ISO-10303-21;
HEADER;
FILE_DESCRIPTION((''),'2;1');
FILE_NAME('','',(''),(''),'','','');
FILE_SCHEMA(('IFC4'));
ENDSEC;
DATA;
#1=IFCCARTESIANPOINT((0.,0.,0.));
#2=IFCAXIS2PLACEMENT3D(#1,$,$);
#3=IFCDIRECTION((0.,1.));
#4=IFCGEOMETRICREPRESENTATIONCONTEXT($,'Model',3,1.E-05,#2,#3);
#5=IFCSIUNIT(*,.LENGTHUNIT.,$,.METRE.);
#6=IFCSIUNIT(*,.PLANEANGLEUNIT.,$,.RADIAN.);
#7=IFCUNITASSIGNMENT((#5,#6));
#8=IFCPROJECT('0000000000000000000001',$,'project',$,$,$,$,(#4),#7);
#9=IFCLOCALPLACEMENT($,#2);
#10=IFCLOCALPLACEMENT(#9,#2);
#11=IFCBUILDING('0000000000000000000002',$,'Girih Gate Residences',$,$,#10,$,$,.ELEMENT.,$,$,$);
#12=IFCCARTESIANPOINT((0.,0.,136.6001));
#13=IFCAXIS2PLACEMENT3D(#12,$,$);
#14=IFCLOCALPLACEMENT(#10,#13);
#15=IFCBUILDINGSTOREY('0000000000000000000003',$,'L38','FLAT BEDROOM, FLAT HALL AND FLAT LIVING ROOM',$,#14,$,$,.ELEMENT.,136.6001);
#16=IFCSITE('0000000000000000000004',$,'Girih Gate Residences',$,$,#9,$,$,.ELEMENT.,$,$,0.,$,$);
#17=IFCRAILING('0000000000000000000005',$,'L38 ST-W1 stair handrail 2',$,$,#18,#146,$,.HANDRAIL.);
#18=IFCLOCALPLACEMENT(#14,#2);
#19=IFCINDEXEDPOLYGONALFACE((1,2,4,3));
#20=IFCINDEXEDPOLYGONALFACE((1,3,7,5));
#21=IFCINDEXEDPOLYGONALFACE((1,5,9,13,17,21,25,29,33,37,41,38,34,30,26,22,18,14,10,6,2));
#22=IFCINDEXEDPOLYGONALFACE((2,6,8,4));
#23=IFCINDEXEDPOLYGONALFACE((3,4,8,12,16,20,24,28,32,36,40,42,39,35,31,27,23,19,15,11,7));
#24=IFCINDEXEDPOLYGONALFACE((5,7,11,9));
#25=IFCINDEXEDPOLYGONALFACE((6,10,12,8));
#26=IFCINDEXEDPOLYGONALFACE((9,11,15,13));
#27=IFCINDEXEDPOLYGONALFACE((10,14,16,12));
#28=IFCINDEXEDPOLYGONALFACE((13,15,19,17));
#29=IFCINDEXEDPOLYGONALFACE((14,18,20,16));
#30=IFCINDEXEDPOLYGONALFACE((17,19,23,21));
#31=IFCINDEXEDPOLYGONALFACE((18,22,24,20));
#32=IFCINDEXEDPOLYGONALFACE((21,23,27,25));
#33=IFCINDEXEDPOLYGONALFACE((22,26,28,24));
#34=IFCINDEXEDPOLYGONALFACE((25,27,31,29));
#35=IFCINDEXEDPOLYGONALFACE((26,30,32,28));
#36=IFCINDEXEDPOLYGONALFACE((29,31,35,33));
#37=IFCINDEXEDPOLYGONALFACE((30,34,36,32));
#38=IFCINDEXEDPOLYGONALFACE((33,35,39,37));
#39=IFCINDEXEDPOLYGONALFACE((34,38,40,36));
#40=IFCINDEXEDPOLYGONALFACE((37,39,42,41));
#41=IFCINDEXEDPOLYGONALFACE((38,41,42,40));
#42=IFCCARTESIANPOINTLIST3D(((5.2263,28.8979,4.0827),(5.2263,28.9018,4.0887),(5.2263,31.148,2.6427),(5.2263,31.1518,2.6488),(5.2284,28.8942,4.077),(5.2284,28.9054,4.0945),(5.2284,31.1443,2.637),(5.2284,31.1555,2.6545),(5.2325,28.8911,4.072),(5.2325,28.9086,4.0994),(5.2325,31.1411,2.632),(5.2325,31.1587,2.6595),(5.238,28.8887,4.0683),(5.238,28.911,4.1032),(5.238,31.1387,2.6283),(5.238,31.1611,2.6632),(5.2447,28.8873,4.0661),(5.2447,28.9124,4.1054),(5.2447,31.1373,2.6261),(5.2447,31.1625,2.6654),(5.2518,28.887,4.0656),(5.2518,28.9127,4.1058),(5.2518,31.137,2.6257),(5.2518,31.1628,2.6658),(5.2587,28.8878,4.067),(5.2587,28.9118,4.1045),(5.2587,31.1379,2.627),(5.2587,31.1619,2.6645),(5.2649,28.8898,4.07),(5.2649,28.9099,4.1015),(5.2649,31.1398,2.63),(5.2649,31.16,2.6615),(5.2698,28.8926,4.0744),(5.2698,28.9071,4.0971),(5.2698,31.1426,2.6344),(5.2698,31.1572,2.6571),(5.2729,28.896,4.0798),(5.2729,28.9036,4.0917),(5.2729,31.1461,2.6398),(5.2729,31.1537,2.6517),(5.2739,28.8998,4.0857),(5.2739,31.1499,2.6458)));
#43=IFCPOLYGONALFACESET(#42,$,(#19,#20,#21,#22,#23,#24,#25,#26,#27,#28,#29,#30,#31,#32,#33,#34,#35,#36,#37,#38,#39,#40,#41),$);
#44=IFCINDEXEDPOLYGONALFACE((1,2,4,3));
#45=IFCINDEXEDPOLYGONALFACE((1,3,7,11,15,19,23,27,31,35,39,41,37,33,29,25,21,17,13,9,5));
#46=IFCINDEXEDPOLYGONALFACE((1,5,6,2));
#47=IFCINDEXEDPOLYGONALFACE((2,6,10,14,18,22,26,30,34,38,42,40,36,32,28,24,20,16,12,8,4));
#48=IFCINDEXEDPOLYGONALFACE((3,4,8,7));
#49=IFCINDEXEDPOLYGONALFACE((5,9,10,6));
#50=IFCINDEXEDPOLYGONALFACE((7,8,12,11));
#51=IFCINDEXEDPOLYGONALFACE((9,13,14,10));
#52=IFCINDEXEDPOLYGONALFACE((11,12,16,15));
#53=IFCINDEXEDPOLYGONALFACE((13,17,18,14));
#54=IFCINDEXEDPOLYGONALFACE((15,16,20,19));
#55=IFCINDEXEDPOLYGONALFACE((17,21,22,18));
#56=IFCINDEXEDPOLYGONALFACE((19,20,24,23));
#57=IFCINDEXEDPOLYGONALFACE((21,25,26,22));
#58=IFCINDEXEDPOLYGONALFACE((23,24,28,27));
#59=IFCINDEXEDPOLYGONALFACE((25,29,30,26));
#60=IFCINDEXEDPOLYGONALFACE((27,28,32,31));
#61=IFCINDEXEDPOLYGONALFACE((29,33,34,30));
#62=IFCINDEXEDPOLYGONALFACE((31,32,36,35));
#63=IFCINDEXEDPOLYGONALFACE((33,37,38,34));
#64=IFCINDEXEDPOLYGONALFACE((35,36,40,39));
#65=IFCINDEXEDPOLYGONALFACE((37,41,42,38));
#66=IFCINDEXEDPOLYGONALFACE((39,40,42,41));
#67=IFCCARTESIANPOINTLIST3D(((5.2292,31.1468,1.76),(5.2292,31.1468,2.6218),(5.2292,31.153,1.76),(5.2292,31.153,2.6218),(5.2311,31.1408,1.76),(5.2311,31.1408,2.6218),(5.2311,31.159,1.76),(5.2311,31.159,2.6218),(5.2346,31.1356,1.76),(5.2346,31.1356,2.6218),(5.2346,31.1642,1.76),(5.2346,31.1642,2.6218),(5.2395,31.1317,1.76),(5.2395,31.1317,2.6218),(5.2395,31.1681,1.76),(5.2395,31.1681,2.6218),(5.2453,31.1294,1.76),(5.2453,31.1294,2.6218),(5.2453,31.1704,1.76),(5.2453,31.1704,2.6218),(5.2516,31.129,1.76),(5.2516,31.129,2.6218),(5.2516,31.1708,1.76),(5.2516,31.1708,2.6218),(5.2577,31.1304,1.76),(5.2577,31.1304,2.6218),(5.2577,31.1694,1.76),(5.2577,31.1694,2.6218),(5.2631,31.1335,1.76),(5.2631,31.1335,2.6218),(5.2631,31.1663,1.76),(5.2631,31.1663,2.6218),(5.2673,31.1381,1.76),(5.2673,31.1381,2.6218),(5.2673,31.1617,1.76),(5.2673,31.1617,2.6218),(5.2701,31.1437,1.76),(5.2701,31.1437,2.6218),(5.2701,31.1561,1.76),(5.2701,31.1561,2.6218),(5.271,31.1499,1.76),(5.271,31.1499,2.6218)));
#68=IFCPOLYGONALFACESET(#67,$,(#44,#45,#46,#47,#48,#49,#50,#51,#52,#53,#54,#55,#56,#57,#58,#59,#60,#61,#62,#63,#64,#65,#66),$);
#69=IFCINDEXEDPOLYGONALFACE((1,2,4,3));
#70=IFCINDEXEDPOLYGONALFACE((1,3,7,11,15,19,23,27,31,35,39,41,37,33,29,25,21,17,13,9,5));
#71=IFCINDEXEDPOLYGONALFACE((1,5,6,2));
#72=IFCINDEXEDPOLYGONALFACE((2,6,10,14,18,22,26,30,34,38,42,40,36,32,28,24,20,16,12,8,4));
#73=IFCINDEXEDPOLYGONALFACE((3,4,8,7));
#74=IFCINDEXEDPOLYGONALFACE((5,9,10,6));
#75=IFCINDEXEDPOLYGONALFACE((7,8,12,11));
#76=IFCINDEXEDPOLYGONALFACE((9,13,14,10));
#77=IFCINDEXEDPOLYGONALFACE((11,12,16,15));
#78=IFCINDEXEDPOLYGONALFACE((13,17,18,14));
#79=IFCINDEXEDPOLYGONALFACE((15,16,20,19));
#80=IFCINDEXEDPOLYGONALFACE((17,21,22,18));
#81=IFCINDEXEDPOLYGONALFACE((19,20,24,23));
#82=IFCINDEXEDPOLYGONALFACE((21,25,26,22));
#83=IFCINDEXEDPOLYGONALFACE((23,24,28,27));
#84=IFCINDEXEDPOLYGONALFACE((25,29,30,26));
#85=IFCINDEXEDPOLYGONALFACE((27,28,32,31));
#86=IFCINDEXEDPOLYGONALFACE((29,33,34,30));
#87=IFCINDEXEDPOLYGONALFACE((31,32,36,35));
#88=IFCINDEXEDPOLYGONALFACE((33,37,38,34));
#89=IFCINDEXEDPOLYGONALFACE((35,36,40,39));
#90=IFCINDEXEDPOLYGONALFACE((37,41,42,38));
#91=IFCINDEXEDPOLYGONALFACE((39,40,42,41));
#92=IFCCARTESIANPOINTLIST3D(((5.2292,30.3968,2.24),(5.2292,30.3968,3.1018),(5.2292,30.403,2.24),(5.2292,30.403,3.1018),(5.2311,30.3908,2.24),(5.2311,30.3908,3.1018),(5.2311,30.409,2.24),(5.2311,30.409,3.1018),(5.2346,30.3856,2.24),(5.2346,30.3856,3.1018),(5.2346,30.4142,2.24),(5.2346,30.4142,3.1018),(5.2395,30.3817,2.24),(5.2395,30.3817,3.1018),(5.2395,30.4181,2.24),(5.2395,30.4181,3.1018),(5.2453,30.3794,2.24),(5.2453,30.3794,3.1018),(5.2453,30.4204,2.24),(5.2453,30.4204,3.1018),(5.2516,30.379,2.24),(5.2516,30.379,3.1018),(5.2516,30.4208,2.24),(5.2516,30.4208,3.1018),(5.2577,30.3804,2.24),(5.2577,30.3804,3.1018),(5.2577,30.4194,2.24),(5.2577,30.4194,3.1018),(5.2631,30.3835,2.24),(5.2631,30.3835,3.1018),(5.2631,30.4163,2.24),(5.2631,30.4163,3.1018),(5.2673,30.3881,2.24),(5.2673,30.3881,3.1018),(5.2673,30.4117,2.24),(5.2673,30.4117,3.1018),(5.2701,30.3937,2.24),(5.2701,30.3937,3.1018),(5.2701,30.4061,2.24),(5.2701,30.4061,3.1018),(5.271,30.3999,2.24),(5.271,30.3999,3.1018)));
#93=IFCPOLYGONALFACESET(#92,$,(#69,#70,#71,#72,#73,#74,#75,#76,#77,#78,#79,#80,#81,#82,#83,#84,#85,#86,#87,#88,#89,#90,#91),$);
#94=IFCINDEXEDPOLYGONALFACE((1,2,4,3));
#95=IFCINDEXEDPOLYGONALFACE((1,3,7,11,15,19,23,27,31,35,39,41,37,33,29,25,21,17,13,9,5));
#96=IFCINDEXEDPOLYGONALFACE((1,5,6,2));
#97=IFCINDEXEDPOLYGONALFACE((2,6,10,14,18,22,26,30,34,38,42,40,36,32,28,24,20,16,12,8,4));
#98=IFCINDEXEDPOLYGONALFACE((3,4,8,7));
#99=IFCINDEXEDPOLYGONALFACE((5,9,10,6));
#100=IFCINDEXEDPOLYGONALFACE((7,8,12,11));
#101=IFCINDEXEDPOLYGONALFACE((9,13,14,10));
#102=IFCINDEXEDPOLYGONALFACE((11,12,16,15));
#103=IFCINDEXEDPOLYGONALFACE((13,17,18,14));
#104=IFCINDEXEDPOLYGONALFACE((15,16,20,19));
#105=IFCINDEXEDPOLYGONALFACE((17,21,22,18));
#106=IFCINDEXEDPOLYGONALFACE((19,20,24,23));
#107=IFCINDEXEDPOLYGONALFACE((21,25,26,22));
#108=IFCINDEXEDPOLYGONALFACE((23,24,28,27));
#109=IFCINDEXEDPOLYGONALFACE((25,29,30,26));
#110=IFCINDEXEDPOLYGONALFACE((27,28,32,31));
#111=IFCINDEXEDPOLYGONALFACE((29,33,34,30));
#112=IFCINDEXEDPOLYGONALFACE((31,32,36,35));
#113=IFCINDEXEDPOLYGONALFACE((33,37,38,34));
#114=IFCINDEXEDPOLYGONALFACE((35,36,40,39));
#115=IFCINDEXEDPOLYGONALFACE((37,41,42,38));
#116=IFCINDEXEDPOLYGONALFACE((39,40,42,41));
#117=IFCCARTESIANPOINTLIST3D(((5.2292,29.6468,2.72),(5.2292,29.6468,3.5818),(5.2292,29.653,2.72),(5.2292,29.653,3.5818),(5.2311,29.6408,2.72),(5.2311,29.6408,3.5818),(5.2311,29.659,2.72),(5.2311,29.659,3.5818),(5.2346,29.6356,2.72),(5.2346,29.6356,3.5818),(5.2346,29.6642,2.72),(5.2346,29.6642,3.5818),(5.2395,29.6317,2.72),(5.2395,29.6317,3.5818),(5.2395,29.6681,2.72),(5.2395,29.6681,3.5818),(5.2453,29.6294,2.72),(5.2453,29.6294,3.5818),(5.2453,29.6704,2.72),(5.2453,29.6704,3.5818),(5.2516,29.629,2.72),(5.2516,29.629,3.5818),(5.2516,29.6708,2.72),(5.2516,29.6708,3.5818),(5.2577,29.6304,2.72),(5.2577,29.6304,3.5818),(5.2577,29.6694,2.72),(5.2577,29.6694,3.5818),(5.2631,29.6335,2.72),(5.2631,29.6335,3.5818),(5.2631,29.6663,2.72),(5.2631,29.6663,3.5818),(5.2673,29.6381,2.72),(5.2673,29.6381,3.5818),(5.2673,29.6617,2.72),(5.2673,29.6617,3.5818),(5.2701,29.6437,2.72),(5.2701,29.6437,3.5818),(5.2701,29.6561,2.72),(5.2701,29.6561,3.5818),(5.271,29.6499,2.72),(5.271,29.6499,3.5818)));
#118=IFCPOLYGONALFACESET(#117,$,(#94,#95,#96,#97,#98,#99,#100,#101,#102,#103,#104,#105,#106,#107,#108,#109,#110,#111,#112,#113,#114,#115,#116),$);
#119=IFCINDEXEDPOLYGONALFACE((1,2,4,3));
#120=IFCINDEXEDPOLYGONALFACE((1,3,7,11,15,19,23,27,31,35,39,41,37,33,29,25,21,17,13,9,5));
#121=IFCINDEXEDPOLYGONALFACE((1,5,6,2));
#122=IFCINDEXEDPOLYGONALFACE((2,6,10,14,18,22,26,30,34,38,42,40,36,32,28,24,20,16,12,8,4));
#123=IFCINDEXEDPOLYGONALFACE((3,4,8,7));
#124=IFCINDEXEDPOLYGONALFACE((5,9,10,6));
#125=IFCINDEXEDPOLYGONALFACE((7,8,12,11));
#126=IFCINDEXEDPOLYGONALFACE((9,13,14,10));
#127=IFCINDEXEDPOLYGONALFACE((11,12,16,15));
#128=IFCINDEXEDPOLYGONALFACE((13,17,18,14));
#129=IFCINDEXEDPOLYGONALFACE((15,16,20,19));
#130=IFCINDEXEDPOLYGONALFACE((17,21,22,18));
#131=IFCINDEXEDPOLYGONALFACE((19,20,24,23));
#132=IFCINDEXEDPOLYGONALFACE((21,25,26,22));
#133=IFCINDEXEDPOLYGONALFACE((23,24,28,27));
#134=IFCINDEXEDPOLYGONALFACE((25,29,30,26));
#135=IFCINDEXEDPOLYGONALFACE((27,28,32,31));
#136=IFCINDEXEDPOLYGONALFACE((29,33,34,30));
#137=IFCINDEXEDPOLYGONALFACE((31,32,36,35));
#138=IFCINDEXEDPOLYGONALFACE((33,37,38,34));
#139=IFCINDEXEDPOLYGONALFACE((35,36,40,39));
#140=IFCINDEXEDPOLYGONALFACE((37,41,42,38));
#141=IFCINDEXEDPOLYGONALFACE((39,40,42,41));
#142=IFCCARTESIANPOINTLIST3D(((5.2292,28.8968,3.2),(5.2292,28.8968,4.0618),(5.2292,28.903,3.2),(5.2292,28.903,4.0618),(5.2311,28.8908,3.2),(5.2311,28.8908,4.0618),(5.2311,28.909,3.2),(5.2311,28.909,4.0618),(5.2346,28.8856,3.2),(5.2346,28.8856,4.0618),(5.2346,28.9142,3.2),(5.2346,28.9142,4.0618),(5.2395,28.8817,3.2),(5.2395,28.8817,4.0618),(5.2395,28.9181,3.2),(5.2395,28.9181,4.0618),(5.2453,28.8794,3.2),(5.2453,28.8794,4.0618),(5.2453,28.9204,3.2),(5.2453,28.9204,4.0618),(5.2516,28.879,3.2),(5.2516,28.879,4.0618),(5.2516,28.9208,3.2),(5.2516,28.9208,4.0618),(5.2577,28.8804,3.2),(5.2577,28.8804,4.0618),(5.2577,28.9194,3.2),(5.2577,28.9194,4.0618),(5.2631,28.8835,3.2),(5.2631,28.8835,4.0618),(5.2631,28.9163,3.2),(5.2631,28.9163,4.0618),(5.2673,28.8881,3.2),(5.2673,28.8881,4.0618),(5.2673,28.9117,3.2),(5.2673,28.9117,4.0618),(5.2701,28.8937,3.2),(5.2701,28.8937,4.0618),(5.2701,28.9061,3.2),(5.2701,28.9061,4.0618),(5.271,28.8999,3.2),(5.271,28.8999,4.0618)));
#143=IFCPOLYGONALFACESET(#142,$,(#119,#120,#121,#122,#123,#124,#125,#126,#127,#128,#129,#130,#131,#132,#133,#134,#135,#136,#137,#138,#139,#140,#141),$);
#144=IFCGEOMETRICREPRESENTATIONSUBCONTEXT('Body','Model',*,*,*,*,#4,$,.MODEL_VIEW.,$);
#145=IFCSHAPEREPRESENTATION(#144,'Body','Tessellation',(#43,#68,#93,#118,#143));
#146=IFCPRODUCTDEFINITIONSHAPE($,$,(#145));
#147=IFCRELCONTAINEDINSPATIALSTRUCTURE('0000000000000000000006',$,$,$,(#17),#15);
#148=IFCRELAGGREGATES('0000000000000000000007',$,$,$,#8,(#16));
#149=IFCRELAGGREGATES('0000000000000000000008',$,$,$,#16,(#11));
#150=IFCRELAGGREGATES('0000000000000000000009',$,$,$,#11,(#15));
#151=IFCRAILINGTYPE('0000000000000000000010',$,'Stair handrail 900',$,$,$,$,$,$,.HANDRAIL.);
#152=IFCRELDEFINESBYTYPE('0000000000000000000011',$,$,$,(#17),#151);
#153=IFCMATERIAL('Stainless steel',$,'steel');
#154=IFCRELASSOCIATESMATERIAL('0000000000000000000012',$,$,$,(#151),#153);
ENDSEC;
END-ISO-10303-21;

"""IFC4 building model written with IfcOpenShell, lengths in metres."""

from ifc_helpers import new_model, si_unit, direction, frame, origin, origin_2d, place, context, subcontext, project, spatial, circle, extrude, material, type_object, element, save


model = new_model("IFC4")

# Units and contexts
model_context = context("Model", 3, precision=1e-05, world=origin(), true_north=direction((0.0, 1.0)))
body_context = subcontext(model_context, "Body", "Model", "MODEL_VIEW")
ifc_project = project(units=[si_unit("LENGTHUNIT", "METRE"), si_unit("PLANEANGLEUNIT", "RADIAN")], contexts=[model_context])

# Site, building, storey
site_placement = place(None, origin())
site = spatial("IfcSite", under=ifc_project, at=site_placement, Name="Girih Gate Residences", CompositionType="ELEMENT", RefElevation=0.0)
building_placement = place(site_placement, origin())
building = spatial("IfcBuilding", under=site, at=building_placement, Name="Girih Gate Residences", CompositionType="ELEMENT")
storey_placement = place(building_placement, frame((0.0, 0.0, 136.6001)))
storey = spatial("IfcBuildingStorey", under=building, at=storey_placement, Name="L38", Description="FLAT BEDROOM, FLAT HALL AND FLAT LIVING ROOM", CompositionType="ELEMENT", Elevation=136.6001)

# Railing
ifc_material_1 = material(Name="Stainless steel", Category="steel")
railing_type_1 = type_object("IfcRailingType", Name="Stair handrail 900", PredefinedType="HANDRAIL", material=ifc_material_1)
railing_1_placement = place(storey_placement, frame((5.25, 31.1499, 1.76)))
element("IfcRailing", 1, at=railing_1_placement, inside=storey, type_object=railing_type_1, Name="L38 ST-W1 stair handrail 2", PredefinedType="HANDRAIL", context=body_context, shape_type="SweptSolid", body=[
    extrude(circle(Radius=0.0239, at=origin_2d()), frame((0.0, 0.0, 0.8857), z_axis=(0.0, -0.842281, 0.539038), x_axis=(1.0, 0.0, 0.0)), (0.0, 0.0, 1.0), 2.6714),
    extrude(circle(Radius=0.021, at=origin_2d()), origin(), (0.0, 0.0, 1.0), 0.8618),
    extrude(circle(Radius=0.021, at=origin_2d()), frame((0.0, -0.75, 0.48)), (0.0, 0.0, 1.0), 0.8618),
    extrude(circle(Radius=0.021, at=origin_2d()), frame((0.0, -1.5, 0.96)), (0.0, 0.0, 1.0), 0.8618),
    extrude(circle(Radius=0.021, at=origin_2d()), frame((0.0, -2.25, 1.4399)), (0.0, 0.0, 1.0), 0.8618),
])

save(model, "model.ifc")
